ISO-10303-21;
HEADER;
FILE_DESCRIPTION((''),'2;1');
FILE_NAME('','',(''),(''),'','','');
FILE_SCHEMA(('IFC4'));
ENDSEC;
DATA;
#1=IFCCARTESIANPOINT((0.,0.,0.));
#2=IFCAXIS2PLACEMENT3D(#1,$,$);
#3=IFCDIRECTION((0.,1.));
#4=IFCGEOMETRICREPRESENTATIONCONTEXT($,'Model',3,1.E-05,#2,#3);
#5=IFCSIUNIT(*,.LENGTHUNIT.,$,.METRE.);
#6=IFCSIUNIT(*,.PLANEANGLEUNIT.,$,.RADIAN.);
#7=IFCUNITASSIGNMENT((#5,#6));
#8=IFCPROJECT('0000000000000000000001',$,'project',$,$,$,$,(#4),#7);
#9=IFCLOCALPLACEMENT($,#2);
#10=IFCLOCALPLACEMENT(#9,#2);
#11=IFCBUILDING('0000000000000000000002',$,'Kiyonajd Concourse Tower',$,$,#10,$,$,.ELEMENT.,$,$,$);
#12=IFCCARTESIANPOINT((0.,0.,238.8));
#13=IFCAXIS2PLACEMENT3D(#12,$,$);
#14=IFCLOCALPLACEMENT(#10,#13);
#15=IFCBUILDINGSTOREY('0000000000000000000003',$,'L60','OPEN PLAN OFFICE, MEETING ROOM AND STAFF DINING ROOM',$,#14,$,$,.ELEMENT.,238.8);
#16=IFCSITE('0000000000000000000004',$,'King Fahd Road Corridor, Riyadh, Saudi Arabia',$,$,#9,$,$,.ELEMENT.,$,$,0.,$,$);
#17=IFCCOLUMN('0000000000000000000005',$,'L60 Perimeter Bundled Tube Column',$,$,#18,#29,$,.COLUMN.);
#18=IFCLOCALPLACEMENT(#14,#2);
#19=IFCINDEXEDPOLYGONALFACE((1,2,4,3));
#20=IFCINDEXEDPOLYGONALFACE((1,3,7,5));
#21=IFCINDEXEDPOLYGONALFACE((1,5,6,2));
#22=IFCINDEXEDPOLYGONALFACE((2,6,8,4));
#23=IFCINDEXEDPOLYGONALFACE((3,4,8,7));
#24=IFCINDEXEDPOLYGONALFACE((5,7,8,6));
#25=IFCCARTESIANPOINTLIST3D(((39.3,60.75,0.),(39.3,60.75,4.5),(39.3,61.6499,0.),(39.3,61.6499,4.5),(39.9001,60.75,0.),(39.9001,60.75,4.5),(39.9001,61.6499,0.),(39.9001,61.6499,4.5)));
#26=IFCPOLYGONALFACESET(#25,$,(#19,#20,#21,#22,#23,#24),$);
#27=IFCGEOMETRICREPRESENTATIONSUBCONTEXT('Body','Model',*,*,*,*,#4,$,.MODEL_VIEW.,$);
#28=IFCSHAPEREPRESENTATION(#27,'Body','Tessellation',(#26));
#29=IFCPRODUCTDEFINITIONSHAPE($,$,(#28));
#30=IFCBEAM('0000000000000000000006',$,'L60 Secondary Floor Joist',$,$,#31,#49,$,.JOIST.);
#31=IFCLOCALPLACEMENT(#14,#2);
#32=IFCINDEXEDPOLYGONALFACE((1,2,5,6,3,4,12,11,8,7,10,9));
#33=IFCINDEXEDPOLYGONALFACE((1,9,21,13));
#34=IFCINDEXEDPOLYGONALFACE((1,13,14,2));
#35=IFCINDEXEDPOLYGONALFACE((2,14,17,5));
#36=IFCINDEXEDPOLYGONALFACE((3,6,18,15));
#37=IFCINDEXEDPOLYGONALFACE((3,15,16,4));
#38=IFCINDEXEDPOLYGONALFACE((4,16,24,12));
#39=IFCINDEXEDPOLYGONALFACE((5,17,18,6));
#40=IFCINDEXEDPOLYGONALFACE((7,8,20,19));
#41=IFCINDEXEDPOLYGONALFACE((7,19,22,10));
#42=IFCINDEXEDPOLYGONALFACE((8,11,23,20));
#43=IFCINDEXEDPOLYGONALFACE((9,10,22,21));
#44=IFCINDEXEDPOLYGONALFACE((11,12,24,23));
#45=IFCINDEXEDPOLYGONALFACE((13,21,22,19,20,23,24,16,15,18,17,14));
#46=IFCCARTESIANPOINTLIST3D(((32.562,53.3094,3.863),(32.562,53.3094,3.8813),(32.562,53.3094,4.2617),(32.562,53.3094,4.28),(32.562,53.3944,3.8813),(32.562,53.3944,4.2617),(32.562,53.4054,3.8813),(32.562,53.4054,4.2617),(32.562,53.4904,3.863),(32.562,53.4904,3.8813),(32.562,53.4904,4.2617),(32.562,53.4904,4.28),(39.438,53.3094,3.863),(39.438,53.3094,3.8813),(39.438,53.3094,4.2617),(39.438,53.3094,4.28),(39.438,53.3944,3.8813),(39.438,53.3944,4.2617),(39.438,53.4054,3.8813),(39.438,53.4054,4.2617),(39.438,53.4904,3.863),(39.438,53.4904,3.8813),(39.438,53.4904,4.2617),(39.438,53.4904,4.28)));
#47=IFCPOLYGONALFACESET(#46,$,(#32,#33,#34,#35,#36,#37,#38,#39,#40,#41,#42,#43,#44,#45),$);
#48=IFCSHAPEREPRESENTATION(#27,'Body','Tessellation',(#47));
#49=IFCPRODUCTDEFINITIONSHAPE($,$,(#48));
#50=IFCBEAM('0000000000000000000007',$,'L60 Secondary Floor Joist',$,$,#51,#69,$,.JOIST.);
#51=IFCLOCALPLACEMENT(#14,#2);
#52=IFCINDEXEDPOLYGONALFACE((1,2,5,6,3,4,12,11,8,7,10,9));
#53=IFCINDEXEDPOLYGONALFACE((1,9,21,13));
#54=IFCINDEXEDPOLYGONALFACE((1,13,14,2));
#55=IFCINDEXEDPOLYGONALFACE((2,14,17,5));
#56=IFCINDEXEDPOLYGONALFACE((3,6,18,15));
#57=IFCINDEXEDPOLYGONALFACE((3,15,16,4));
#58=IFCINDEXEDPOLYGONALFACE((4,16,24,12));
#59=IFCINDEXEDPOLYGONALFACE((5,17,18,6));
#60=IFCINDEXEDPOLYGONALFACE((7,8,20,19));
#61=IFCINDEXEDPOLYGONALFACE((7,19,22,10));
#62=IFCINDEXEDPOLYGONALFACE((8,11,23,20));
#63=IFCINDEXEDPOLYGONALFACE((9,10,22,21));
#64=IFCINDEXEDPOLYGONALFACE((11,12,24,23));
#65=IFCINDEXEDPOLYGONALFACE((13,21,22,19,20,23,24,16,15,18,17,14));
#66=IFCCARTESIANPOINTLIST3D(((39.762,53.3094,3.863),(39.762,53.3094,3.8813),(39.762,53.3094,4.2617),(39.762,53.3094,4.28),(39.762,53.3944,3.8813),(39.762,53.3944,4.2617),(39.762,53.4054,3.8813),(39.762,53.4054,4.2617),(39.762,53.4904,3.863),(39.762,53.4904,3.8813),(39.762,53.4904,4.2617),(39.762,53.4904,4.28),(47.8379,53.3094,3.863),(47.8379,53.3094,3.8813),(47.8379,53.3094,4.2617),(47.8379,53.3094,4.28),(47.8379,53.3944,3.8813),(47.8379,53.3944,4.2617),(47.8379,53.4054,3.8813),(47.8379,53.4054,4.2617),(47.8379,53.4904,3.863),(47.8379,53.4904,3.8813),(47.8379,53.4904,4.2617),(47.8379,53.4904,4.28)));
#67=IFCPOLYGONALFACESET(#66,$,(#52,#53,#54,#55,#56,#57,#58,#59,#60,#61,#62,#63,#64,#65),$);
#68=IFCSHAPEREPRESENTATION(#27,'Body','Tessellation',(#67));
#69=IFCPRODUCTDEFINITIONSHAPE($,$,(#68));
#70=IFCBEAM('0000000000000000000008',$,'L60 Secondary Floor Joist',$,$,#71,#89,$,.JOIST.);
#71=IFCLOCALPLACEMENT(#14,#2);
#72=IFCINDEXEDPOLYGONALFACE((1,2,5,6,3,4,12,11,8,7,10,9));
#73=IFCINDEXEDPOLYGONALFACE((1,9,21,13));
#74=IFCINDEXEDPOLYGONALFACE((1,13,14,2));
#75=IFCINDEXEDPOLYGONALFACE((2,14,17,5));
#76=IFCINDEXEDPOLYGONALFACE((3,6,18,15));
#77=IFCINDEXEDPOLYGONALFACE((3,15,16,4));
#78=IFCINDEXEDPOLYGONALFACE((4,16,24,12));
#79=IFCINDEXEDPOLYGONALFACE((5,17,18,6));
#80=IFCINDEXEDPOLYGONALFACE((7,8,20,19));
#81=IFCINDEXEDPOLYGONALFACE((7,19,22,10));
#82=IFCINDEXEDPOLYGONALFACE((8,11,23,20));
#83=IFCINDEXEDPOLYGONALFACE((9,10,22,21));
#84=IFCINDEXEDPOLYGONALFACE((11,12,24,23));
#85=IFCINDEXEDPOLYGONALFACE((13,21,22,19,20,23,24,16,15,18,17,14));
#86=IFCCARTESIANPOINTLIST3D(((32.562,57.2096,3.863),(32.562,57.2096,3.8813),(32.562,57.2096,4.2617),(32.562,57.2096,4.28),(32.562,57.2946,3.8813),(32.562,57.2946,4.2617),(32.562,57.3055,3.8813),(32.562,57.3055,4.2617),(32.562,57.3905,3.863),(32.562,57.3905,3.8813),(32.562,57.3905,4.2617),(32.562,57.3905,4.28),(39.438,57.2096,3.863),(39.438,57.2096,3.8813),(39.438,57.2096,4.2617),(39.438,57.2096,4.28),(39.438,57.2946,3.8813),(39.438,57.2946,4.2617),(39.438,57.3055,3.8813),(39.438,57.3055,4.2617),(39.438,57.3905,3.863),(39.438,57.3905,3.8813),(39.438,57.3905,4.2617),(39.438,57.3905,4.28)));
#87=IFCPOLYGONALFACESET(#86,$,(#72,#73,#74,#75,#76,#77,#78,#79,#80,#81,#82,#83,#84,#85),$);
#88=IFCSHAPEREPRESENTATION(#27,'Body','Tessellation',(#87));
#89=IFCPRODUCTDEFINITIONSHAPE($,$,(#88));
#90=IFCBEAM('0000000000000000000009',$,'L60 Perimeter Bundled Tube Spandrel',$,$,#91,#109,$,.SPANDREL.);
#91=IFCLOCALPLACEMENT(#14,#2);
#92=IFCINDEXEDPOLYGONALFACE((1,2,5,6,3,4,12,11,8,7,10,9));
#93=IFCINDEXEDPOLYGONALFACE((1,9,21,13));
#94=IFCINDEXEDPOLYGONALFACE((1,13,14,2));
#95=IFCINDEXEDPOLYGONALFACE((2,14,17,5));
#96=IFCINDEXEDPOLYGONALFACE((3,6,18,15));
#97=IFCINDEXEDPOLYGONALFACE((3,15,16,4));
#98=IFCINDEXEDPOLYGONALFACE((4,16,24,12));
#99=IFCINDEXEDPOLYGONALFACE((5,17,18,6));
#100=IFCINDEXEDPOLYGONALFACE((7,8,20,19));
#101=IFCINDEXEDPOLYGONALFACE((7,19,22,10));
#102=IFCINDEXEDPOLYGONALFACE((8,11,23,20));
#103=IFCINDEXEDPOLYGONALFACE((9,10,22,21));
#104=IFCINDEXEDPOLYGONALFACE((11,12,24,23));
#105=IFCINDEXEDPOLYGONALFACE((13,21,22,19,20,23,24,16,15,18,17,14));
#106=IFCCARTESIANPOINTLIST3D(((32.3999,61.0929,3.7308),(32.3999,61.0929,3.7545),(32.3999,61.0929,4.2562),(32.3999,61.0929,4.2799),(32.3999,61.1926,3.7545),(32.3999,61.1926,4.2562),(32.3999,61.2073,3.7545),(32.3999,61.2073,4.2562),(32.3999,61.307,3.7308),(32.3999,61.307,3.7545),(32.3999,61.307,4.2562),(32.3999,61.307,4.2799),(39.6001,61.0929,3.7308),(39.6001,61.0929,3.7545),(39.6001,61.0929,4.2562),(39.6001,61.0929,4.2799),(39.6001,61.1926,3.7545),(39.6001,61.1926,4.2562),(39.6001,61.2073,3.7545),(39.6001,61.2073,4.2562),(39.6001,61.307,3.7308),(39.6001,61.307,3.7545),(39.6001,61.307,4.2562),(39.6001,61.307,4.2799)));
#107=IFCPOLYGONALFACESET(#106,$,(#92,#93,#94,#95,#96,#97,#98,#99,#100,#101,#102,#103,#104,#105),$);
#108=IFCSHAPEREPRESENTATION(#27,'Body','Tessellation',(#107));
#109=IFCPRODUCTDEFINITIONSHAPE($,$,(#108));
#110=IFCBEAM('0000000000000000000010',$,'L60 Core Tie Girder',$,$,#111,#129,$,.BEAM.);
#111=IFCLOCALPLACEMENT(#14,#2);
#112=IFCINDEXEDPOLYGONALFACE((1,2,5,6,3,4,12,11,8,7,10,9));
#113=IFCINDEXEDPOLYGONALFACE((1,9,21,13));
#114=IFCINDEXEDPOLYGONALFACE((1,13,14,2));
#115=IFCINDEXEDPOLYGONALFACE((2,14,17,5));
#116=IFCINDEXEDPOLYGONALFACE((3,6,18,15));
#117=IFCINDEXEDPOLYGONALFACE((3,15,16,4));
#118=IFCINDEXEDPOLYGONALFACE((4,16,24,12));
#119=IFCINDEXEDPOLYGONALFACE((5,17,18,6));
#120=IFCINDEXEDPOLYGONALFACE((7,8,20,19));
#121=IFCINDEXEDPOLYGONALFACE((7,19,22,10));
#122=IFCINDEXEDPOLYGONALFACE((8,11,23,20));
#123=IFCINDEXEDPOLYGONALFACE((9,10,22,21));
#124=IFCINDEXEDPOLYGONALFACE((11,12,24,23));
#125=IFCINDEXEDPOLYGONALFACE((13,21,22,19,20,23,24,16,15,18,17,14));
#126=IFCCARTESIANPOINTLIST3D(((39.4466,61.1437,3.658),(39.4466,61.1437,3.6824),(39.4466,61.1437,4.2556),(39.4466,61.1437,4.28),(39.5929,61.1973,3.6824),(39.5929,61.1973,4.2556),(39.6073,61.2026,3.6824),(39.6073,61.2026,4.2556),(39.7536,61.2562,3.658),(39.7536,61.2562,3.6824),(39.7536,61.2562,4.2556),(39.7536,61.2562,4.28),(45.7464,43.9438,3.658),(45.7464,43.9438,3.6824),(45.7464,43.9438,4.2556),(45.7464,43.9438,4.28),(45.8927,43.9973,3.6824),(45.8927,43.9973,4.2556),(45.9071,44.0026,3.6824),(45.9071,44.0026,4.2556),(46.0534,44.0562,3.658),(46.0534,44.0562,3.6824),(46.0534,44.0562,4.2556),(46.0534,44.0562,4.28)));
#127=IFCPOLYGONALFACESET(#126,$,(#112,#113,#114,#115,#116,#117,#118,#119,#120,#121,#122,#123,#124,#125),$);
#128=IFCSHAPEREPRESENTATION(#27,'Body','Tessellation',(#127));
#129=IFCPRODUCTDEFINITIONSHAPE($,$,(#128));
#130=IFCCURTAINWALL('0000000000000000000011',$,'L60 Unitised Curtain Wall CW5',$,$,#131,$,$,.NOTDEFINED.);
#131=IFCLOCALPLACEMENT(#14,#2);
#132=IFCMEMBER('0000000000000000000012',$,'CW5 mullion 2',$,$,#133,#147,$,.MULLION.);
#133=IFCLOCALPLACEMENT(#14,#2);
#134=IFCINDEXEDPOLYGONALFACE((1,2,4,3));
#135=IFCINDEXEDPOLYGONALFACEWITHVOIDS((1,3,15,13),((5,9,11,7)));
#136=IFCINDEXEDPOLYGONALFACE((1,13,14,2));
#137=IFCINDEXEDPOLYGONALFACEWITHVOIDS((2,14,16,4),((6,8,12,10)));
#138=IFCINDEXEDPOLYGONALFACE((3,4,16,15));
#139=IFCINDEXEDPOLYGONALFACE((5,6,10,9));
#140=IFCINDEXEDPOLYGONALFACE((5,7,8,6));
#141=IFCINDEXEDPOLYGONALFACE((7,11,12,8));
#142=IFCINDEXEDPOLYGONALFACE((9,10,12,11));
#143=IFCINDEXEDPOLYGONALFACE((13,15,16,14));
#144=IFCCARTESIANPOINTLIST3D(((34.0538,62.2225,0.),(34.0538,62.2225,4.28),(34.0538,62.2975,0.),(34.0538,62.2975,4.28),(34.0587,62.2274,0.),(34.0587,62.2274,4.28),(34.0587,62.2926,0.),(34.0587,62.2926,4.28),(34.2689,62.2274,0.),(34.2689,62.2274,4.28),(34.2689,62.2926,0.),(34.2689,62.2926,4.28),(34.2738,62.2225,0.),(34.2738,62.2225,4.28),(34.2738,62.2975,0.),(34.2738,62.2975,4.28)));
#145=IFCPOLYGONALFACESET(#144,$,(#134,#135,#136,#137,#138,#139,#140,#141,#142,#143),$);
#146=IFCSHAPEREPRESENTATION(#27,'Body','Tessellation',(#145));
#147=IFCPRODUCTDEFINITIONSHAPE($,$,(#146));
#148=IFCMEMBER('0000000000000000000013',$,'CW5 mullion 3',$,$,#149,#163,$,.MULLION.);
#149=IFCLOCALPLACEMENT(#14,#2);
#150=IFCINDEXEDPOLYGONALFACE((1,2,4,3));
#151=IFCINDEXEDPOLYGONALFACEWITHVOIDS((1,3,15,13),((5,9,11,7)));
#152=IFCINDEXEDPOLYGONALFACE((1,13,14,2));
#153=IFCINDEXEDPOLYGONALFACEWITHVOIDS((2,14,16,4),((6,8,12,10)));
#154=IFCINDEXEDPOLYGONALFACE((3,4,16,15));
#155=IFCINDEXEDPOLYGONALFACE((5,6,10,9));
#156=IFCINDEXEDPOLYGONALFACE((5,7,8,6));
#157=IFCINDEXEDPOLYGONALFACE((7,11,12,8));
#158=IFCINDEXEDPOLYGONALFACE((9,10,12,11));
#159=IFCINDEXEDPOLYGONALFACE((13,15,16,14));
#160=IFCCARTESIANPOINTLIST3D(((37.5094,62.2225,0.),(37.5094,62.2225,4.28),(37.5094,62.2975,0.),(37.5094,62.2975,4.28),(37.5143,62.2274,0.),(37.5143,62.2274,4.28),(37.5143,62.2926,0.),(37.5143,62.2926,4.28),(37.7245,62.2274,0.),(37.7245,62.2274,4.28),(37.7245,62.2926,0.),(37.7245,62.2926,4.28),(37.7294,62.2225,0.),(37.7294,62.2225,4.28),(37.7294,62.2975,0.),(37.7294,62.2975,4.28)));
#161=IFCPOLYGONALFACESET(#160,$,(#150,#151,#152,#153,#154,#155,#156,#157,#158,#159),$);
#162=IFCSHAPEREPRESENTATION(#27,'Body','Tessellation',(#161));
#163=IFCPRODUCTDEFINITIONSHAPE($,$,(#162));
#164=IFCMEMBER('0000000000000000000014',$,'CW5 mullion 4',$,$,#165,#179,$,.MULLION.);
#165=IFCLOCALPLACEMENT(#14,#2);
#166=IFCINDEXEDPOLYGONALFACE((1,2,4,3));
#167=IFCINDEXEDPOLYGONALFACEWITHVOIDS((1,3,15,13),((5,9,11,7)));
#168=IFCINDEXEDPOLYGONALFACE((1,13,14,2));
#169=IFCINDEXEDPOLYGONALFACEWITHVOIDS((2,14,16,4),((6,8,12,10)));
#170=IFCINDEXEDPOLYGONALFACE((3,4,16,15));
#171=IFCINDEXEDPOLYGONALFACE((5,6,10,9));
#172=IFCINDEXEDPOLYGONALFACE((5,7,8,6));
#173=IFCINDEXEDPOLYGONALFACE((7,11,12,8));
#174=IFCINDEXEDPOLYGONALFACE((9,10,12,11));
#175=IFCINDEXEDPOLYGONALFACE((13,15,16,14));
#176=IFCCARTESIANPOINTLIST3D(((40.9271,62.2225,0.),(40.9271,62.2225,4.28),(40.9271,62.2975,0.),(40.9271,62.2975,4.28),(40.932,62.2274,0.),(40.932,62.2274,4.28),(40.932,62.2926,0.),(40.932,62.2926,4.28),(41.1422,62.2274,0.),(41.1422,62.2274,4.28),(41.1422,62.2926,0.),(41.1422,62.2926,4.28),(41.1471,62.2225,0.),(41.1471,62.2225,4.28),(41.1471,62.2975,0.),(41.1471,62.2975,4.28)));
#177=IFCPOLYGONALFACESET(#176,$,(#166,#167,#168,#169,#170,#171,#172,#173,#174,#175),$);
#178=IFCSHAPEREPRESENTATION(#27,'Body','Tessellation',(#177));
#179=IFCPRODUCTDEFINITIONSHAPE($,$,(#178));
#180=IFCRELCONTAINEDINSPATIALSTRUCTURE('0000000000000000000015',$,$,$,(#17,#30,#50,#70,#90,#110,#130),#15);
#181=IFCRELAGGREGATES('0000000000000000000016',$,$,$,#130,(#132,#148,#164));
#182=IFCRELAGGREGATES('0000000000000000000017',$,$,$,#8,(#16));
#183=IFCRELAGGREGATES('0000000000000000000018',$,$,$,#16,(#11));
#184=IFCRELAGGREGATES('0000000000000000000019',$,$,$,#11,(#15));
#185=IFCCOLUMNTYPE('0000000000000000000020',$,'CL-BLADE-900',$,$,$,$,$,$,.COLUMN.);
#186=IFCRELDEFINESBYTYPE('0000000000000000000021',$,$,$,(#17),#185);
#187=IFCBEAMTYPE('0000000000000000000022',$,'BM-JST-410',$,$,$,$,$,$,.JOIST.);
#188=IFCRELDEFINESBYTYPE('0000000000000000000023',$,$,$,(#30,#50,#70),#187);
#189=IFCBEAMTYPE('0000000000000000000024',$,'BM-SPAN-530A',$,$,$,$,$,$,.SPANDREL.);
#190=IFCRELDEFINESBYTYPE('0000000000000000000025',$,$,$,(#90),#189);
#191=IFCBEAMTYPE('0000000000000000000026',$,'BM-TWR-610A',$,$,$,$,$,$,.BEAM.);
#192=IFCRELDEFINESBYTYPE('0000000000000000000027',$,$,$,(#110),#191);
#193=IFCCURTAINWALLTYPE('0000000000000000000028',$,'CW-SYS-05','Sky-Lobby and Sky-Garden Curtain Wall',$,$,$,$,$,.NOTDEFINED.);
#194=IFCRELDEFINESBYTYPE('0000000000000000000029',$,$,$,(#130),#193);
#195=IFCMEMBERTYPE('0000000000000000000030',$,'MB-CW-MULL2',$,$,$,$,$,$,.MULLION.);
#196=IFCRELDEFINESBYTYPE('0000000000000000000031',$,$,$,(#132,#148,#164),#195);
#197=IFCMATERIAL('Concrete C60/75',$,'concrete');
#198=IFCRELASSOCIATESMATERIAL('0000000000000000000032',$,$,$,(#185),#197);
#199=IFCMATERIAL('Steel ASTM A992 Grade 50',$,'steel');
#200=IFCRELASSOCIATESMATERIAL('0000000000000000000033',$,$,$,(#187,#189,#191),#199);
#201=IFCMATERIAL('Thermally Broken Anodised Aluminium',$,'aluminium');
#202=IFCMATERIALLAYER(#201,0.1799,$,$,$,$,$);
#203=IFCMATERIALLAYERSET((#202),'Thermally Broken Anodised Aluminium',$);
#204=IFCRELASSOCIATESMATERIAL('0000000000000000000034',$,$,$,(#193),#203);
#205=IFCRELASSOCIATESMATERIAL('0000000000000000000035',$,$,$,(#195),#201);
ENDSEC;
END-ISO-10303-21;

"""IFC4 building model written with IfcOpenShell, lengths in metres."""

from ifc_helpers import new_model, si_unit, direction, frame, origin, origin_2d, place, context, subcontext, project, spatial, rectangle, hollow_rectangle, i_section, extrude, material, layer, layer_set, material_profile, profile_set, type_object, element, aggregate, save


model = new_model("IFC4")

# Units and contexts
model_context = context("Model", 3, precision=1e-05, world=origin(), true_north=direction((0.0, 1.0)))
body_context = subcontext(model_context, "Body", "Model", "MODEL_VIEW")
ifc_project = project(units=[si_unit("LENGTHUNIT", "METRE"), si_unit("PLANEANGLEUNIT", "RADIAN")], contexts=[model_context])

# Site, building, storey
site_placement = place(None, origin())
site = spatial("IfcSite", under=ifc_project, at=site_placement, Name="King Fahd Road Corridor, Riyadh, Saudi Arabia", CompositionType="ELEMENT", RefElevation=0.0)
building_placement = place(site_placement, origin())
building = spatial("IfcBuilding", under=site, at=building_placement, Name="Kiyonajd Concourse Tower", CompositionType="ELEMENT")
storey_placement = place(building_placement, frame((0.0, 0.0, 238.8)))
storey = spatial("IfcBuildingStorey", under=building, at=storey_placement, Name="L60", Description="OPEN PLAN OFFICE, MEETING ROOM AND STAFF DINING ROOM", CompositionType="ELEMENT", Elevation=238.8)

# Column
ifc_material_1 = material(Name="Concrete C60/75", Category="concrete")
ifc_material_profile_1 = material_profile(ifc_material_1, rectangle(XDim=0.6001, YDim=0.8999, at=origin_2d()), Name="RC-900x600")
ifc_profile_set_1 = profile_set([ifc_material_profile_1], Name="Concrete C60/75")
column_type = type_object("IfcColumnType", Name="CL-BLADE-900", PredefinedType="COLUMN", material=ifc_profile_set_1)
column_placement = place(storey_placement, frame((39.6001, 61.2, 0.0), z_axis=(0.0, 0.0, 1.0), x_axis=(1.0, 0.0, 0.0)))
element("IfcColumn", 1, at=column_placement, inside=storey, type_object=column_type, Name="L60 Perimeter Bundled Tube Column", PredefinedType="COLUMN", context=body_context, shape_type="SweptSolid", body=[
    extrude(rectangle(XDim=0.6001, YDim=0.8999, at=origin_2d()), origin(), (0.0, 0.0, 1.0), 4.5),
])

# Beams
ifc_material_2 = material(Name="Steel ASTM A992 Grade 50", Category="steel")
ifc_material_profile_2 = material_profile(ifc_material_2, i_section(OverallWidth=0.1809, OverallDepth=0.417, WebThickness=0.011, FlangeThickness=0.0183, at=origin_2d()), Name="W410X85")
ifc_profile_set_2 = profile_set([ifc_material_profile_2], Name="Steel ASTM A992 Grade 50")
beam_type_1 = type_object("IfcBeamType", Name="BM-JST-410", PredefinedType="JOIST", material=ifc_profile_set_2)
beam_1_placement = place(storey_placement, frame((32.562, 53.3999, 4.0715), z_axis=(1.0, 0.0, 0.0), x_axis=(0.0, 1.0, 0.0)))
element("IfcBeam", 2, at=beam_1_placement, inside=storey, type_object=beam_type_1, Name="L60 Secondary Floor Joist", PredefinedType="JOIST", context=body_context, shape_type="SweptSolid", body=[
    extrude(i_section(OverallWidth=0.1809, OverallDepth=0.417, WebThickness=0.011, FlangeThickness=0.0183, at=origin_2d()), origin(), (0.0, 0.0, 1.0), 6.876),
])
beam_2_placement = place(storey_placement, frame((39.762, 53.3999, 4.0715), z_axis=(1.0, 0.0, 0.0), x_axis=(0.0, 1.0, 0.0)))
element("IfcBeam", 3, at=beam_2_placement, inside=storey, type_object=beam_type_1, Name="L60 Secondary Floor Joist", PredefinedType="JOIST", context=body_context, shape_type="SweptSolid", body=[
    extrude(i_section(OverallWidth=0.1809, OverallDepth=0.417, WebThickness=0.011, FlangeThickness=0.0183, at=origin_2d()), origin(), (0.0, 0.0, 1.0), 8.0759),
])
beam_3_placement = place(storey_placement, frame((32.562, 57.3, 4.0715), z_axis=(1.0, 0.0, 0.0), x_axis=(0.0, 1.0, 0.0)))
element("IfcBeam", 4, at=beam_3_placement, inside=storey, type_object=beam_type_1, Name="L60 Secondary Floor Joist", PredefinedType="JOIST", context=body_context, shape_type="SweptSolid", body=[
    extrude(i_section(OverallWidth=0.1809, OverallDepth=0.417, WebThickness=0.011, FlangeThickness=0.0183, at=origin_2d()), origin(), (0.0, 0.0, 1.0), 6.876),
])
ifc_material_profile_3 = material_profile(ifc_material_2, i_section(OverallWidth=0.2141, OverallDepth=0.5491, WebThickness=0.0146, FlangeThickness=0.0237, at=origin_2d()), Name="W530X138")
ifc_profile_set_3 = profile_set([ifc_material_profile_3], Name="Steel ASTM A992 Grade 50")
beam_type_2 = type_object("IfcBeamType", Name="BM-SPAN-530A", PredefinedType="SPANDREL", material=ifc_profile_set_3)
beam_4_placement = place(storey_placement, frame((39.6001, 61.2, 4.0054), z_axis=(-1.0, 0.0, 0.0), x_axis=(0.0, -1.0, 0.0)))
element("IfcBeam", 5, at=beam_4_placement, inside=storey, type_object=beam_type_2, Name="L60 Perimeter Bundled Tube Spandrel", PredefinedType="SPANDREL", context=body_context, shape_type="SweptSolid", body=[
    extrude(i_section(OverallWidth=0.2141, OverallDepth=0.5491, WebThickness=0.0146, FlangeThickness=0.0237, at=origin_2d()), origin(), (0.0, 0.0, 1.0), 7.2002),
])
ifc_material_profile_4 = material_profile(ifc_material_2, i_section(OverallWidth=0.3269, OverallDepth=0.6221, WebThickness=0.0154, FlangeThickness=0.0244, at=origin_2d()), Name="W610X195")
ifc_profile_set_4 = profile_set([ifc_material_profile_4], Name="Steel ASTM A992 Grade 50")
beam_type_3 = type_object("IfcBeamType", Name="BM-TWR-610A", PredefinedType="BEAM", material=ifc_profile_set_4)
beam_5_placement = place(storey_placement, frame((39.6001, 61.2, 3.969), z_axis=(0.343925, -0.938997, 0.0), x_axis=(0.938997, 0.343925, 0.0)))
element("IfcBeam", 6, at=beam_5_placement, inside=storey, type_object=beam_type_3, Name="L60 Core Tie Girder", PredefinedType="BEAM", context=body_context, shape_type="SweptSolid", body=[
    extrude(i_section(OverallWidth=0.3269, OverallDepth=0.6221, WebThickness=0.0154, FlangeThickness=0.0244, at=origin_2d()), origin(), (0.0, 0.0, 1.0), 18.3174),
])

# Curtain wall, members
ifc_material_3 = material(Name="Thermally Broken Anodised Aluminium", Category="aluminium")
ifc_layer_1 = layer(ifc_material_3, 0.1799)
ifc_layer_set_1 = layer_set([ifc_layer_1], Name="Thermally Broken Anodised Aluminium")
curtain_wall_type = type_object("IfcCurtainWallType", Name="CW-SYS-05", Description="Sky-Lobby and Sky-Garden Curtain Wall", PredefinedType="NOTDEFINED", material=ifc_layer_set_1)
curtain_wall_placement = place(storey_placement, origin())
curtain_wall = element("IfcCurtainWall", 7, at=curtain_wall_placement, inside=storey, type_object=curtain_wall_type, Name="L60 Unitised Curtain Wall CW5", PredefinedType="NOTDEFINED")
ifc_material_profile_5 = material_profile(ifc_material_3, hollow_rectangle(XDim=0.075, YDim=0.22, WallThickness=0.0049, at=origin_2d()), Name="MULL-75x220")
ifc_profile_set_5 = profile_set([ifc_material_profile_5], Name="Thermally Broken Anodised Aluminium")
member_type_1 = type_object("IfcMemberType", Name="MB-CW-MULL2", PredefinedType="MULLION", material=ifc_profile_set_5)
member_1_placement = place(storey_placement, frame((34.1638, 62.26, 0.0), z_axis=(0.0, 0.0, 1.0), x_axis=(0.0, 1.0, 0.0)))
member_1 = element("IfcMember", 8, at=member_1_placement, type_object=member_type_1, Name="CW5 mullion 2", PredefinedType="MULLION", context=body_context, shape_type="SweptSolid", body=[
    extrude(hollow_rectangle(XDim=0.075, YDim=0.22, WallThickness=0.0049, at=origin_2d()), origin(), (0.0, 0.0, 1.0), 4.28),
])
member_2_placement = place(storey_placement, frame((37.6194, 62.26, 0.0), z_axis=(0.0, 0.0, 1.0), x_axis=(0.0, 1.0, 0.0)))
member_2 = element("IfcMember", 9, at=member_2_placement, type_object=member_type_1, Name="CW5 mullion 3", PredefinedType="MULLION", context=body_context, shape_type="SweptSolid", body=[
    extrude(hollow_rectangle(XDim=0.075, YDim=0.22, WallThickness=0.0049, at=origin_2d()), origin(), (0.0, 0.0, 1.0), 4.28),
])
member_3_placement = place(storey_placement, frame((41.0371, 62.26, 0.0), z_axis=(0.0, 0.0, 1.0), x_axis=(0.0, 1.0, 0.0)))
member_3 = element("IfcMember", 10, at=member_3_placement, type_object=member_type_1, Name="CW5 mullion 4", PredefinedType="MULLION", context=body_context, shape_type="SweptSolid", body=[
    extrude(hollow_rectangle(XDim=0.075, YDim=0.22, WallThickness=0.0049, at=origin_2d()), origin(), (0.0, 0.0, 1.0), 4.28),
])

aggregate(curtain_wall, [member_1, member_2, member_3])

save(model, "model.ifc")
